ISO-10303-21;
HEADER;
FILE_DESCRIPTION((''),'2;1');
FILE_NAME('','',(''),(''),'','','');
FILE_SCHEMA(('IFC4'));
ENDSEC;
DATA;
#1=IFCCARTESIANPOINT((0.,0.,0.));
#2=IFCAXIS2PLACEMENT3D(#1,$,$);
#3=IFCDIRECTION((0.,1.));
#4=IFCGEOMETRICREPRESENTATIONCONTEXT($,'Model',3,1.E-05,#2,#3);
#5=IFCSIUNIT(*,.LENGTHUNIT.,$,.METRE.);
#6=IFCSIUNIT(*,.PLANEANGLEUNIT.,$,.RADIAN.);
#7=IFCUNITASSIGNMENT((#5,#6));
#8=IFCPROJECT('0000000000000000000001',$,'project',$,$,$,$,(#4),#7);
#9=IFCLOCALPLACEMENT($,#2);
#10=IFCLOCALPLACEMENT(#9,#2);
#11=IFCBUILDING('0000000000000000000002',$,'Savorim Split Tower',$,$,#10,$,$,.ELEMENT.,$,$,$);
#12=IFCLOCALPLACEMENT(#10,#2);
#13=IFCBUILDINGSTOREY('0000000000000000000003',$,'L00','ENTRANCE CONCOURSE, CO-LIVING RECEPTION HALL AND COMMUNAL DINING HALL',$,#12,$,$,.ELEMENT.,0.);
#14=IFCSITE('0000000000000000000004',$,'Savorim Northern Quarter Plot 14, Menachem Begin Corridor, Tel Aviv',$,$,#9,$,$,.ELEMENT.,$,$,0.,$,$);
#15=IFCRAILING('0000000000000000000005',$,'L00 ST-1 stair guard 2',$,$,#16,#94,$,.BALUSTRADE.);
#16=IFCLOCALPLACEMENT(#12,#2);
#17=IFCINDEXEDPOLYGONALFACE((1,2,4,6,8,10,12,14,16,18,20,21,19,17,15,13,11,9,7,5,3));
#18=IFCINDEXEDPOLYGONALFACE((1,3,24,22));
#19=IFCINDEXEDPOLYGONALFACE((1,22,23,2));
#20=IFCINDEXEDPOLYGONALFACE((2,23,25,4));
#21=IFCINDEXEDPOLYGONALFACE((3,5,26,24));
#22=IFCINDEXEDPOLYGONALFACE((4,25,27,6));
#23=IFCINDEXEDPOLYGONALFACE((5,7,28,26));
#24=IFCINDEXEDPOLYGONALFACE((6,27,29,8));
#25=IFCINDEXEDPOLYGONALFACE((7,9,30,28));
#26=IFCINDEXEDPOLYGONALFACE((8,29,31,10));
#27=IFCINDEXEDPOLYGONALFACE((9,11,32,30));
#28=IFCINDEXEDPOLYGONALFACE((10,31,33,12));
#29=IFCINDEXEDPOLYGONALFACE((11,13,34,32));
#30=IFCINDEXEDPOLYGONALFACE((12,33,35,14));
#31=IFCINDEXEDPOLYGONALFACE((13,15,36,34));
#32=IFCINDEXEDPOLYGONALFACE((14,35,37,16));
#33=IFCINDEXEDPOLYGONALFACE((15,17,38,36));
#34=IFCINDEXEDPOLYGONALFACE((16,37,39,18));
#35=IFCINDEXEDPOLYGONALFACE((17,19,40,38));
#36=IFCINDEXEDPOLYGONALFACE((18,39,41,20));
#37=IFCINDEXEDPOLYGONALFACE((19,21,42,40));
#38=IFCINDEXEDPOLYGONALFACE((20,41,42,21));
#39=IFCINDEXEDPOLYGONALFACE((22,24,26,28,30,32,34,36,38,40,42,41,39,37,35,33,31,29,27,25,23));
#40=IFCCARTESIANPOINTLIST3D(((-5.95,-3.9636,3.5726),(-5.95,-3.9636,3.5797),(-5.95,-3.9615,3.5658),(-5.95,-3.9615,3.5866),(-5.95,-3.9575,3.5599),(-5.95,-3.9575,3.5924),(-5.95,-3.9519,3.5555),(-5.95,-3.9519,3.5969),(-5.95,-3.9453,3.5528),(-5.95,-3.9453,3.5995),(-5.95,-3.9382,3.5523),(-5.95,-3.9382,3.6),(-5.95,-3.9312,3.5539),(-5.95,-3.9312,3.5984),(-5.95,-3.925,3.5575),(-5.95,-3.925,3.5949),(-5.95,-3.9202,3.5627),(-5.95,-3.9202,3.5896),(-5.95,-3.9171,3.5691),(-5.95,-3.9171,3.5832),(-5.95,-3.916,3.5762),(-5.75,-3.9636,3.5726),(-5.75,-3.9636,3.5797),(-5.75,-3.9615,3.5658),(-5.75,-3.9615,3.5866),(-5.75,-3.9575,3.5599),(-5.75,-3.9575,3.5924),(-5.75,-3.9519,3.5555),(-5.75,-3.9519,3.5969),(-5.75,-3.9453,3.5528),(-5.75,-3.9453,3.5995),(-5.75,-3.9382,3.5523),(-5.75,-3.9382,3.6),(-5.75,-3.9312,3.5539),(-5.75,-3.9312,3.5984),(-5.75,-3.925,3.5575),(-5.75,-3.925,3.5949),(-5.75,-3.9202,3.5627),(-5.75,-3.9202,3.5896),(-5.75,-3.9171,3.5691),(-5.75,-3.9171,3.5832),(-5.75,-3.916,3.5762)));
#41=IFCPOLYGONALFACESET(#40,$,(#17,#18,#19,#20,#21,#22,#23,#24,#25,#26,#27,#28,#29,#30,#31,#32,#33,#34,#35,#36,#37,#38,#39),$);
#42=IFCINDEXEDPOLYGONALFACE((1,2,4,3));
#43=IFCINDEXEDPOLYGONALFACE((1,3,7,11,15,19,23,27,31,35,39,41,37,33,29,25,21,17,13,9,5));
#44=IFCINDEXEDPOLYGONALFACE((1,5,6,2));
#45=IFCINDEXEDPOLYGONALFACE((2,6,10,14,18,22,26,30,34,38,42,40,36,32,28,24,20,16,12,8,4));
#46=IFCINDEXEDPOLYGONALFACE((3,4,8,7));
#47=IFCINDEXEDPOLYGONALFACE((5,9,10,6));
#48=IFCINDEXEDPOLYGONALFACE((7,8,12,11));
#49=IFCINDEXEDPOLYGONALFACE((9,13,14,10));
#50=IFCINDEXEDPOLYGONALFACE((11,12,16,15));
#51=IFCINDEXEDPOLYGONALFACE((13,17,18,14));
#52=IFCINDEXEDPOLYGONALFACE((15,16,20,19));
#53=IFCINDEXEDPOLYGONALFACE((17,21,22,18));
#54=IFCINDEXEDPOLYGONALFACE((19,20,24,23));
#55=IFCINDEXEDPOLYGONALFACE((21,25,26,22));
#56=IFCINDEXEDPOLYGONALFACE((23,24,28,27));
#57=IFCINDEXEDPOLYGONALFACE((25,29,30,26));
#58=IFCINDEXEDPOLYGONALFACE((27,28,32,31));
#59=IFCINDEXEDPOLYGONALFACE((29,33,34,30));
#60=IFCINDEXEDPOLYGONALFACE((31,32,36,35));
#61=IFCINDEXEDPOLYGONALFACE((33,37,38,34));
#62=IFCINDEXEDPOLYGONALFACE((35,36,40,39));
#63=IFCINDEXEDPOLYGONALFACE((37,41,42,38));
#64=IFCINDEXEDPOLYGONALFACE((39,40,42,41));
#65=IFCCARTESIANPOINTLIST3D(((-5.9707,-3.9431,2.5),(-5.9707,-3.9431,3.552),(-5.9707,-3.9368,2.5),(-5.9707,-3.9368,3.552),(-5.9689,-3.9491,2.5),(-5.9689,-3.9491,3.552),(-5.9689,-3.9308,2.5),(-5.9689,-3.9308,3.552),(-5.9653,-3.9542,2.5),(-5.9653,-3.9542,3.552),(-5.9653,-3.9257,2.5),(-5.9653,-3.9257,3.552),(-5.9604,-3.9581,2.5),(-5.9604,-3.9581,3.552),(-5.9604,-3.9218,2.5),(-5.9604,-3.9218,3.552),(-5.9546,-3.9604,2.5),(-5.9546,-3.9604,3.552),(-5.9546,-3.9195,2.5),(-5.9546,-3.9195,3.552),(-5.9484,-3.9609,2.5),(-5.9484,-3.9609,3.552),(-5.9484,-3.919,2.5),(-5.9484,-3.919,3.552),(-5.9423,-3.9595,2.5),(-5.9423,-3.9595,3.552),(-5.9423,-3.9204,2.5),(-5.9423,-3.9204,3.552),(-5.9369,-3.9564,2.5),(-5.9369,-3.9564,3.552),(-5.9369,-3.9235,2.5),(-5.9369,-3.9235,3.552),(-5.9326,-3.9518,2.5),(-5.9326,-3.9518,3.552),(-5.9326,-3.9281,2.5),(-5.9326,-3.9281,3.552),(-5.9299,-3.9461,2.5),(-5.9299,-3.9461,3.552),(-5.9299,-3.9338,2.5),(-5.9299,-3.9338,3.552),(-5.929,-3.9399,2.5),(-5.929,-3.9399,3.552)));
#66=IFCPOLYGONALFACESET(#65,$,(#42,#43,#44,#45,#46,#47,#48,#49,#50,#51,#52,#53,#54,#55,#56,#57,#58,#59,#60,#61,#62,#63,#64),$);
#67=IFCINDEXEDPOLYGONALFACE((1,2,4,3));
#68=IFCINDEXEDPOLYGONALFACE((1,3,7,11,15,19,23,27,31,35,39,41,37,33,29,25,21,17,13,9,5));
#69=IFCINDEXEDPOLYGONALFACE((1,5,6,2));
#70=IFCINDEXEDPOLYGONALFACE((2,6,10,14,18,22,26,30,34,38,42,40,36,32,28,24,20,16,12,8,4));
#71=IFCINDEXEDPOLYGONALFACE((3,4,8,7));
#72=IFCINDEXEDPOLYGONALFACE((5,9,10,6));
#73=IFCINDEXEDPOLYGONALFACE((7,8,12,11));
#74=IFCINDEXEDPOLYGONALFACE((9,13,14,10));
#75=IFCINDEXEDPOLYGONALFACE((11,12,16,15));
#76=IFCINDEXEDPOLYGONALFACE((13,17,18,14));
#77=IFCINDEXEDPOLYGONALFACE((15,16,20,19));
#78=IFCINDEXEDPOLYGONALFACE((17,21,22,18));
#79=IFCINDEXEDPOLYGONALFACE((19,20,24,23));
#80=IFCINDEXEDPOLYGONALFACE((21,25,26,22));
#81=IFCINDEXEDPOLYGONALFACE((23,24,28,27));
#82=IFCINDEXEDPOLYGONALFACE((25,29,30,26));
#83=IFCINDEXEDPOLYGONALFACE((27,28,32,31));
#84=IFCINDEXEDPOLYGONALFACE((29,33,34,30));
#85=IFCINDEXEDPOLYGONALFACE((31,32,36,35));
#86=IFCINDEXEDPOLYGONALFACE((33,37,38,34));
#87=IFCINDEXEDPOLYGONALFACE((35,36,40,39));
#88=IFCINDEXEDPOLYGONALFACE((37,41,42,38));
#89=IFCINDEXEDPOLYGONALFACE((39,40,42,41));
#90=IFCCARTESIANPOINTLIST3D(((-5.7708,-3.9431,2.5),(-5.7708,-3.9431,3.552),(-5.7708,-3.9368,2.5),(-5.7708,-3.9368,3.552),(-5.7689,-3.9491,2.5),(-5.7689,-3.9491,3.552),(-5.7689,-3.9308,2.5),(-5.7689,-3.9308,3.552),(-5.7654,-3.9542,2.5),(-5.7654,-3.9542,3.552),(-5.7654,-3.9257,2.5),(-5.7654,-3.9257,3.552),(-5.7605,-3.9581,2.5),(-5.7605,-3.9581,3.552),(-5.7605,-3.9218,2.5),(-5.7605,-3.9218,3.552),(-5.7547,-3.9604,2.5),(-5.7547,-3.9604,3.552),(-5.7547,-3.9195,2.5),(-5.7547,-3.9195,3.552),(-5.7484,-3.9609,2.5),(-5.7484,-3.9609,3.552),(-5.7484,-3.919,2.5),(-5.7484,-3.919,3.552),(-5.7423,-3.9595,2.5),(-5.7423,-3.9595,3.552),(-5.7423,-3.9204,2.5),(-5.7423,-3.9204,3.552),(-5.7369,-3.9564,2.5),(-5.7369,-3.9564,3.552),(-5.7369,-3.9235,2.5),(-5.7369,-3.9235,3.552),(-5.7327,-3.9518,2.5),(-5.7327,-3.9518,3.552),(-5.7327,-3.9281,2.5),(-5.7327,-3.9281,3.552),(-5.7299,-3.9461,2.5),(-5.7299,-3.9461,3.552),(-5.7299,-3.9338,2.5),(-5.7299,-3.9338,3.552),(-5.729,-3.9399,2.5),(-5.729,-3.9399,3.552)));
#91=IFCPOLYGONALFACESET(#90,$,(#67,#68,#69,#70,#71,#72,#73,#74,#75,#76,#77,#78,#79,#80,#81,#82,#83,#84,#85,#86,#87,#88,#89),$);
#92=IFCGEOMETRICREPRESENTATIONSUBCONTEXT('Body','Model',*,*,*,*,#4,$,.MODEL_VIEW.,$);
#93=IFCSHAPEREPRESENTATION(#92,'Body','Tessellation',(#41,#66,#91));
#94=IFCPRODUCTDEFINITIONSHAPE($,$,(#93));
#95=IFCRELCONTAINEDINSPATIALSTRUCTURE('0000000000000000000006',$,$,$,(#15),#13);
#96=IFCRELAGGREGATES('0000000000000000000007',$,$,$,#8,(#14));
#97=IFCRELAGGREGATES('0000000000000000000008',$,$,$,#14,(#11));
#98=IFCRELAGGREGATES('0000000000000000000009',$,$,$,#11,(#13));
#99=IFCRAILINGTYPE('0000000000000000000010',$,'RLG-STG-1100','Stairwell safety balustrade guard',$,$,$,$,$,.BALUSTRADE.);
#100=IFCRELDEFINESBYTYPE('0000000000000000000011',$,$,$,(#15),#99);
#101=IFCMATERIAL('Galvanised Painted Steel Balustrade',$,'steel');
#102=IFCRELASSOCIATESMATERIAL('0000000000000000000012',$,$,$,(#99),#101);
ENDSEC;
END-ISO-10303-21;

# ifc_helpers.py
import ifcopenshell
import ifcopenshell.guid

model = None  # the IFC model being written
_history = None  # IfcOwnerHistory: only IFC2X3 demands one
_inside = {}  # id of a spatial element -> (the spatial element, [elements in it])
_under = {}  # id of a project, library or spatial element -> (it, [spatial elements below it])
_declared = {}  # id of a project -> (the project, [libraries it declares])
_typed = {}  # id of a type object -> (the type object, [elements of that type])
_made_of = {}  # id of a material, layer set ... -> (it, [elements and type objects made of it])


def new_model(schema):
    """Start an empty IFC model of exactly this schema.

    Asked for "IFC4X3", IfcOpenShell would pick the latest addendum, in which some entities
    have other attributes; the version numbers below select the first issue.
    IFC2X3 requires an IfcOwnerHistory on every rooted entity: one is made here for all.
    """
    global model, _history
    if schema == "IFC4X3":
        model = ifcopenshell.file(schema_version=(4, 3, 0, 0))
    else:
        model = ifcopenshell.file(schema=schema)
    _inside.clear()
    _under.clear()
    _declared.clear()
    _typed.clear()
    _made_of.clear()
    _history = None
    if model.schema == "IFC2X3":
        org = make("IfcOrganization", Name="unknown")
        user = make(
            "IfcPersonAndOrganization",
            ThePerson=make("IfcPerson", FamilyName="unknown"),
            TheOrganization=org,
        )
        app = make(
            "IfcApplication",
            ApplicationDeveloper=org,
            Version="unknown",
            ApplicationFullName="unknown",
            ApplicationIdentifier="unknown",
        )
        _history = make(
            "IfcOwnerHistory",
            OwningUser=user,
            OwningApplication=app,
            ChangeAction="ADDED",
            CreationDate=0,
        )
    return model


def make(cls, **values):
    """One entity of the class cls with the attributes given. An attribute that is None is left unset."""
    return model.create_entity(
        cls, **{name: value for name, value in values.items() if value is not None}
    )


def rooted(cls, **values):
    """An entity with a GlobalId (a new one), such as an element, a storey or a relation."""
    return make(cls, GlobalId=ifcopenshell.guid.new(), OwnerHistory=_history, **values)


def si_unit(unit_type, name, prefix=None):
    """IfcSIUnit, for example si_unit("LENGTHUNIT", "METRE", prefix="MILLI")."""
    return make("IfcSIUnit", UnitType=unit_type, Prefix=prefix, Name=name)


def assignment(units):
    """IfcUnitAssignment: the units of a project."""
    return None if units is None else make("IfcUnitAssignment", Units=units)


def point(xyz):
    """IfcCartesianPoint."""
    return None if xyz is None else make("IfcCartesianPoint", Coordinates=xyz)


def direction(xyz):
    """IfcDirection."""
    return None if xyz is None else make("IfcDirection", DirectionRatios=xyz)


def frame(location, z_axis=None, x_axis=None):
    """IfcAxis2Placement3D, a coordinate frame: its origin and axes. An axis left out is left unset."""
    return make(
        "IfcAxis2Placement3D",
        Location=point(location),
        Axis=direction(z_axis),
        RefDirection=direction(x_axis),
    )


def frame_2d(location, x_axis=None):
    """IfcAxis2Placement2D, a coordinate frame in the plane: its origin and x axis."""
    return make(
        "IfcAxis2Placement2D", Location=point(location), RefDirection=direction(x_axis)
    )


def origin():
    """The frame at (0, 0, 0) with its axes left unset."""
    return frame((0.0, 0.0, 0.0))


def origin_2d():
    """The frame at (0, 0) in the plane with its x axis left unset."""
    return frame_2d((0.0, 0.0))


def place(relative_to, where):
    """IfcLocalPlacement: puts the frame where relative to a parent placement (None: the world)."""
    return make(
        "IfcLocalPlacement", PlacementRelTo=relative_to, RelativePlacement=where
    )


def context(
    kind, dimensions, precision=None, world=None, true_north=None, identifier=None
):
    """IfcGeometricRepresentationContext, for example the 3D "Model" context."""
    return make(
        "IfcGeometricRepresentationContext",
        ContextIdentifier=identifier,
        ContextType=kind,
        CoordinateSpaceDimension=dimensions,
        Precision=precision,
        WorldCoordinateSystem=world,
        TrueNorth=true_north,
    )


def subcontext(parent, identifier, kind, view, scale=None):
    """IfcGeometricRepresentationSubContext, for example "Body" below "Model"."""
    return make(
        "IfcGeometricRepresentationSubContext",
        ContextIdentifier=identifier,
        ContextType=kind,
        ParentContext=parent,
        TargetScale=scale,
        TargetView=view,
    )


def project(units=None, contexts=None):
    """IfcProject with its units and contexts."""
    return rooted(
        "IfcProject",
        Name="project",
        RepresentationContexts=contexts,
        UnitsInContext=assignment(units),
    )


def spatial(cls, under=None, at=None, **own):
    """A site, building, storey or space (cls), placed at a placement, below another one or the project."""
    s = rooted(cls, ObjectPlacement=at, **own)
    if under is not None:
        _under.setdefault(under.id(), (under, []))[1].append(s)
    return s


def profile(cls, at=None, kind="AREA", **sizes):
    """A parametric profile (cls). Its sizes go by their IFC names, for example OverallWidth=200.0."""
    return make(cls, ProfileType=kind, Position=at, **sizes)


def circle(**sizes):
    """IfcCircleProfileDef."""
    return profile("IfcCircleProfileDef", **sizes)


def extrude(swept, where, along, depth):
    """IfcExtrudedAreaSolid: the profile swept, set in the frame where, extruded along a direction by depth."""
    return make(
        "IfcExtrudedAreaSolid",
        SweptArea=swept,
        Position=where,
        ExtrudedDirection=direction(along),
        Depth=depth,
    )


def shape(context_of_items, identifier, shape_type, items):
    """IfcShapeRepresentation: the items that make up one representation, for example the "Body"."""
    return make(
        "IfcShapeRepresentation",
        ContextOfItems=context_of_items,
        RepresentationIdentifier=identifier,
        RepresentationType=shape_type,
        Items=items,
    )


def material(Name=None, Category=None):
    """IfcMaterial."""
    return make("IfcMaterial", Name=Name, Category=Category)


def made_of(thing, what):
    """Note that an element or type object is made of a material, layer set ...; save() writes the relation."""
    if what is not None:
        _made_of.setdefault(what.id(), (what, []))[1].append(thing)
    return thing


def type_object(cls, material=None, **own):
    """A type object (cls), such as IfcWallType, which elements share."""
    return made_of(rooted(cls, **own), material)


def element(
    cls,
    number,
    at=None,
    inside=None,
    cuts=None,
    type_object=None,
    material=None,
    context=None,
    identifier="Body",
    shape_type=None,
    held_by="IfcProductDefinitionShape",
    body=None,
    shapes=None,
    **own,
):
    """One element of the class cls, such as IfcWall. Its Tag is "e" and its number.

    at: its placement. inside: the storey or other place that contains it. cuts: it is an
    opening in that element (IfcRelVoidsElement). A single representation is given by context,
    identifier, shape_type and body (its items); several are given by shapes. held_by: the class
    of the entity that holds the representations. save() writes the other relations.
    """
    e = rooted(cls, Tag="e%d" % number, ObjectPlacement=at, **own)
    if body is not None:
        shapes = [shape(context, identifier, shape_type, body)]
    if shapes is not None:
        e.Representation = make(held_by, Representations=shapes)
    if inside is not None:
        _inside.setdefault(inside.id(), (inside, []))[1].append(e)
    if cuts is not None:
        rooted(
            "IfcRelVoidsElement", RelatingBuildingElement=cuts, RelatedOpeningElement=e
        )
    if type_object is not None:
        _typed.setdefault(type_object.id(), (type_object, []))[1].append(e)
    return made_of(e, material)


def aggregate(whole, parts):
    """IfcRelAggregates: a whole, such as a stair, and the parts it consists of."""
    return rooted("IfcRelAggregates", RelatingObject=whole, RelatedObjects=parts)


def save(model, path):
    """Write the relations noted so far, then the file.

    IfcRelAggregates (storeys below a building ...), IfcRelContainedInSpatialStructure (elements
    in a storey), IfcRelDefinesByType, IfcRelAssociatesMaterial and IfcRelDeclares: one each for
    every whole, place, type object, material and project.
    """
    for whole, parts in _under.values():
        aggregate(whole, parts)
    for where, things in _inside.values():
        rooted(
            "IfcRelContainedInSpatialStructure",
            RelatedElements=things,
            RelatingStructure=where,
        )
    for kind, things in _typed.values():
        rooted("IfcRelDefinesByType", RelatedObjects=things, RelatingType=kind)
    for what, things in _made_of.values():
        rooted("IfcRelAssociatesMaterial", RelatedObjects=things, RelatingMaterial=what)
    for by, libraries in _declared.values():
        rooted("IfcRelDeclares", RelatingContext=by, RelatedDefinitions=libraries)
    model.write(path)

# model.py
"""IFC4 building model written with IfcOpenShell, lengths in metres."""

from ifc_helpers import new_model, si_unit, direction, frame, origin, origin_2d, place, context, subcontext, project, spatial, circle, extrude, material, type_object, element, save


model = new_model("IFC4")

# Units and contexts
model_context = context("Model", 3, precision=1e-05, world=origin(), true_north=direction((0.0, 1.0)))
body_context = subcontext(model_context, "Body", "Model", "MODEL_VIEW")
ifc_project = project(units=[si_unit("LENGTHUNIT", "METRE"), si_unit("PLANEANGLEUNIT", "RADIAN")], contexts=[model_context])

# Site, building, storey
site_placement = place(None, origin())
site = spatial("IfcSite", under=ifc_project, at=site_placement, Name="Savorim Northern Quarter Plot 14, Menachem Begin Corridor, Tel Aviv", CompositionType="ELEMENT", RefElevation=0.0)
building_placement = place(site_placement, origin())
building = spatial("IfcBuilding", under=site, at=building_placement, Name="Savorim Split Tower", CompositionType="ELEMENT")
storey_placement = place(building_placement, origin())
storey = spatial("IfcBuildingStorey", under=building, at=storey_placement, Name="L00", Description="ENTRANCE CONCOURSE, CO-LIVING RECEPTION HALL AND COMMUNAL DINING HALL", CompositionType="ELEMENT", Elevation=0.0)

# Railing
ifc_material_1 = material(Name="Galvanised Painted Steel Balustrade", Category="steel")
railing_type_1 = type_object("IfcRailingType", Name="RLG-STG-1100", Description="Stairwell safety balustrade guard", PredefinedType="BALUSTRADE", material=ifc_material_1)
railing_1_placement = place(storey_placement, frame((-5.95, -3.9399, 2.5)))
element("IfcRailing", 1, at=railing_1_placement, inside=storey, type_object=railing_type_1, Name="L00 ST-1 stair guard 2", PredefinedType="BALUSTRADE", context=body_context, shape_type="SweptSolid", body=[
    extrude(circle(Radius=0.0239, at=origin_2d()), frame((0.0, 0.0, 1.0762), z_axis=(1.0, 0.0, 0.0), x_axis=(0.0, 1.0, 0.0)), (0.0, 0.0, 1.0), 0.2),
    extrude(circle(Radius=0.021, at=origin_2d()), origin(), (0.0, 0.0, 1.0), 1.052),
    extrude(circle(Radius=0.021, at=origin_2d()), frame((0.2, 0.0, 0.0)), (0.0, 0.0, 1.0), 1.052),
])

save(model, "model.ifc")
